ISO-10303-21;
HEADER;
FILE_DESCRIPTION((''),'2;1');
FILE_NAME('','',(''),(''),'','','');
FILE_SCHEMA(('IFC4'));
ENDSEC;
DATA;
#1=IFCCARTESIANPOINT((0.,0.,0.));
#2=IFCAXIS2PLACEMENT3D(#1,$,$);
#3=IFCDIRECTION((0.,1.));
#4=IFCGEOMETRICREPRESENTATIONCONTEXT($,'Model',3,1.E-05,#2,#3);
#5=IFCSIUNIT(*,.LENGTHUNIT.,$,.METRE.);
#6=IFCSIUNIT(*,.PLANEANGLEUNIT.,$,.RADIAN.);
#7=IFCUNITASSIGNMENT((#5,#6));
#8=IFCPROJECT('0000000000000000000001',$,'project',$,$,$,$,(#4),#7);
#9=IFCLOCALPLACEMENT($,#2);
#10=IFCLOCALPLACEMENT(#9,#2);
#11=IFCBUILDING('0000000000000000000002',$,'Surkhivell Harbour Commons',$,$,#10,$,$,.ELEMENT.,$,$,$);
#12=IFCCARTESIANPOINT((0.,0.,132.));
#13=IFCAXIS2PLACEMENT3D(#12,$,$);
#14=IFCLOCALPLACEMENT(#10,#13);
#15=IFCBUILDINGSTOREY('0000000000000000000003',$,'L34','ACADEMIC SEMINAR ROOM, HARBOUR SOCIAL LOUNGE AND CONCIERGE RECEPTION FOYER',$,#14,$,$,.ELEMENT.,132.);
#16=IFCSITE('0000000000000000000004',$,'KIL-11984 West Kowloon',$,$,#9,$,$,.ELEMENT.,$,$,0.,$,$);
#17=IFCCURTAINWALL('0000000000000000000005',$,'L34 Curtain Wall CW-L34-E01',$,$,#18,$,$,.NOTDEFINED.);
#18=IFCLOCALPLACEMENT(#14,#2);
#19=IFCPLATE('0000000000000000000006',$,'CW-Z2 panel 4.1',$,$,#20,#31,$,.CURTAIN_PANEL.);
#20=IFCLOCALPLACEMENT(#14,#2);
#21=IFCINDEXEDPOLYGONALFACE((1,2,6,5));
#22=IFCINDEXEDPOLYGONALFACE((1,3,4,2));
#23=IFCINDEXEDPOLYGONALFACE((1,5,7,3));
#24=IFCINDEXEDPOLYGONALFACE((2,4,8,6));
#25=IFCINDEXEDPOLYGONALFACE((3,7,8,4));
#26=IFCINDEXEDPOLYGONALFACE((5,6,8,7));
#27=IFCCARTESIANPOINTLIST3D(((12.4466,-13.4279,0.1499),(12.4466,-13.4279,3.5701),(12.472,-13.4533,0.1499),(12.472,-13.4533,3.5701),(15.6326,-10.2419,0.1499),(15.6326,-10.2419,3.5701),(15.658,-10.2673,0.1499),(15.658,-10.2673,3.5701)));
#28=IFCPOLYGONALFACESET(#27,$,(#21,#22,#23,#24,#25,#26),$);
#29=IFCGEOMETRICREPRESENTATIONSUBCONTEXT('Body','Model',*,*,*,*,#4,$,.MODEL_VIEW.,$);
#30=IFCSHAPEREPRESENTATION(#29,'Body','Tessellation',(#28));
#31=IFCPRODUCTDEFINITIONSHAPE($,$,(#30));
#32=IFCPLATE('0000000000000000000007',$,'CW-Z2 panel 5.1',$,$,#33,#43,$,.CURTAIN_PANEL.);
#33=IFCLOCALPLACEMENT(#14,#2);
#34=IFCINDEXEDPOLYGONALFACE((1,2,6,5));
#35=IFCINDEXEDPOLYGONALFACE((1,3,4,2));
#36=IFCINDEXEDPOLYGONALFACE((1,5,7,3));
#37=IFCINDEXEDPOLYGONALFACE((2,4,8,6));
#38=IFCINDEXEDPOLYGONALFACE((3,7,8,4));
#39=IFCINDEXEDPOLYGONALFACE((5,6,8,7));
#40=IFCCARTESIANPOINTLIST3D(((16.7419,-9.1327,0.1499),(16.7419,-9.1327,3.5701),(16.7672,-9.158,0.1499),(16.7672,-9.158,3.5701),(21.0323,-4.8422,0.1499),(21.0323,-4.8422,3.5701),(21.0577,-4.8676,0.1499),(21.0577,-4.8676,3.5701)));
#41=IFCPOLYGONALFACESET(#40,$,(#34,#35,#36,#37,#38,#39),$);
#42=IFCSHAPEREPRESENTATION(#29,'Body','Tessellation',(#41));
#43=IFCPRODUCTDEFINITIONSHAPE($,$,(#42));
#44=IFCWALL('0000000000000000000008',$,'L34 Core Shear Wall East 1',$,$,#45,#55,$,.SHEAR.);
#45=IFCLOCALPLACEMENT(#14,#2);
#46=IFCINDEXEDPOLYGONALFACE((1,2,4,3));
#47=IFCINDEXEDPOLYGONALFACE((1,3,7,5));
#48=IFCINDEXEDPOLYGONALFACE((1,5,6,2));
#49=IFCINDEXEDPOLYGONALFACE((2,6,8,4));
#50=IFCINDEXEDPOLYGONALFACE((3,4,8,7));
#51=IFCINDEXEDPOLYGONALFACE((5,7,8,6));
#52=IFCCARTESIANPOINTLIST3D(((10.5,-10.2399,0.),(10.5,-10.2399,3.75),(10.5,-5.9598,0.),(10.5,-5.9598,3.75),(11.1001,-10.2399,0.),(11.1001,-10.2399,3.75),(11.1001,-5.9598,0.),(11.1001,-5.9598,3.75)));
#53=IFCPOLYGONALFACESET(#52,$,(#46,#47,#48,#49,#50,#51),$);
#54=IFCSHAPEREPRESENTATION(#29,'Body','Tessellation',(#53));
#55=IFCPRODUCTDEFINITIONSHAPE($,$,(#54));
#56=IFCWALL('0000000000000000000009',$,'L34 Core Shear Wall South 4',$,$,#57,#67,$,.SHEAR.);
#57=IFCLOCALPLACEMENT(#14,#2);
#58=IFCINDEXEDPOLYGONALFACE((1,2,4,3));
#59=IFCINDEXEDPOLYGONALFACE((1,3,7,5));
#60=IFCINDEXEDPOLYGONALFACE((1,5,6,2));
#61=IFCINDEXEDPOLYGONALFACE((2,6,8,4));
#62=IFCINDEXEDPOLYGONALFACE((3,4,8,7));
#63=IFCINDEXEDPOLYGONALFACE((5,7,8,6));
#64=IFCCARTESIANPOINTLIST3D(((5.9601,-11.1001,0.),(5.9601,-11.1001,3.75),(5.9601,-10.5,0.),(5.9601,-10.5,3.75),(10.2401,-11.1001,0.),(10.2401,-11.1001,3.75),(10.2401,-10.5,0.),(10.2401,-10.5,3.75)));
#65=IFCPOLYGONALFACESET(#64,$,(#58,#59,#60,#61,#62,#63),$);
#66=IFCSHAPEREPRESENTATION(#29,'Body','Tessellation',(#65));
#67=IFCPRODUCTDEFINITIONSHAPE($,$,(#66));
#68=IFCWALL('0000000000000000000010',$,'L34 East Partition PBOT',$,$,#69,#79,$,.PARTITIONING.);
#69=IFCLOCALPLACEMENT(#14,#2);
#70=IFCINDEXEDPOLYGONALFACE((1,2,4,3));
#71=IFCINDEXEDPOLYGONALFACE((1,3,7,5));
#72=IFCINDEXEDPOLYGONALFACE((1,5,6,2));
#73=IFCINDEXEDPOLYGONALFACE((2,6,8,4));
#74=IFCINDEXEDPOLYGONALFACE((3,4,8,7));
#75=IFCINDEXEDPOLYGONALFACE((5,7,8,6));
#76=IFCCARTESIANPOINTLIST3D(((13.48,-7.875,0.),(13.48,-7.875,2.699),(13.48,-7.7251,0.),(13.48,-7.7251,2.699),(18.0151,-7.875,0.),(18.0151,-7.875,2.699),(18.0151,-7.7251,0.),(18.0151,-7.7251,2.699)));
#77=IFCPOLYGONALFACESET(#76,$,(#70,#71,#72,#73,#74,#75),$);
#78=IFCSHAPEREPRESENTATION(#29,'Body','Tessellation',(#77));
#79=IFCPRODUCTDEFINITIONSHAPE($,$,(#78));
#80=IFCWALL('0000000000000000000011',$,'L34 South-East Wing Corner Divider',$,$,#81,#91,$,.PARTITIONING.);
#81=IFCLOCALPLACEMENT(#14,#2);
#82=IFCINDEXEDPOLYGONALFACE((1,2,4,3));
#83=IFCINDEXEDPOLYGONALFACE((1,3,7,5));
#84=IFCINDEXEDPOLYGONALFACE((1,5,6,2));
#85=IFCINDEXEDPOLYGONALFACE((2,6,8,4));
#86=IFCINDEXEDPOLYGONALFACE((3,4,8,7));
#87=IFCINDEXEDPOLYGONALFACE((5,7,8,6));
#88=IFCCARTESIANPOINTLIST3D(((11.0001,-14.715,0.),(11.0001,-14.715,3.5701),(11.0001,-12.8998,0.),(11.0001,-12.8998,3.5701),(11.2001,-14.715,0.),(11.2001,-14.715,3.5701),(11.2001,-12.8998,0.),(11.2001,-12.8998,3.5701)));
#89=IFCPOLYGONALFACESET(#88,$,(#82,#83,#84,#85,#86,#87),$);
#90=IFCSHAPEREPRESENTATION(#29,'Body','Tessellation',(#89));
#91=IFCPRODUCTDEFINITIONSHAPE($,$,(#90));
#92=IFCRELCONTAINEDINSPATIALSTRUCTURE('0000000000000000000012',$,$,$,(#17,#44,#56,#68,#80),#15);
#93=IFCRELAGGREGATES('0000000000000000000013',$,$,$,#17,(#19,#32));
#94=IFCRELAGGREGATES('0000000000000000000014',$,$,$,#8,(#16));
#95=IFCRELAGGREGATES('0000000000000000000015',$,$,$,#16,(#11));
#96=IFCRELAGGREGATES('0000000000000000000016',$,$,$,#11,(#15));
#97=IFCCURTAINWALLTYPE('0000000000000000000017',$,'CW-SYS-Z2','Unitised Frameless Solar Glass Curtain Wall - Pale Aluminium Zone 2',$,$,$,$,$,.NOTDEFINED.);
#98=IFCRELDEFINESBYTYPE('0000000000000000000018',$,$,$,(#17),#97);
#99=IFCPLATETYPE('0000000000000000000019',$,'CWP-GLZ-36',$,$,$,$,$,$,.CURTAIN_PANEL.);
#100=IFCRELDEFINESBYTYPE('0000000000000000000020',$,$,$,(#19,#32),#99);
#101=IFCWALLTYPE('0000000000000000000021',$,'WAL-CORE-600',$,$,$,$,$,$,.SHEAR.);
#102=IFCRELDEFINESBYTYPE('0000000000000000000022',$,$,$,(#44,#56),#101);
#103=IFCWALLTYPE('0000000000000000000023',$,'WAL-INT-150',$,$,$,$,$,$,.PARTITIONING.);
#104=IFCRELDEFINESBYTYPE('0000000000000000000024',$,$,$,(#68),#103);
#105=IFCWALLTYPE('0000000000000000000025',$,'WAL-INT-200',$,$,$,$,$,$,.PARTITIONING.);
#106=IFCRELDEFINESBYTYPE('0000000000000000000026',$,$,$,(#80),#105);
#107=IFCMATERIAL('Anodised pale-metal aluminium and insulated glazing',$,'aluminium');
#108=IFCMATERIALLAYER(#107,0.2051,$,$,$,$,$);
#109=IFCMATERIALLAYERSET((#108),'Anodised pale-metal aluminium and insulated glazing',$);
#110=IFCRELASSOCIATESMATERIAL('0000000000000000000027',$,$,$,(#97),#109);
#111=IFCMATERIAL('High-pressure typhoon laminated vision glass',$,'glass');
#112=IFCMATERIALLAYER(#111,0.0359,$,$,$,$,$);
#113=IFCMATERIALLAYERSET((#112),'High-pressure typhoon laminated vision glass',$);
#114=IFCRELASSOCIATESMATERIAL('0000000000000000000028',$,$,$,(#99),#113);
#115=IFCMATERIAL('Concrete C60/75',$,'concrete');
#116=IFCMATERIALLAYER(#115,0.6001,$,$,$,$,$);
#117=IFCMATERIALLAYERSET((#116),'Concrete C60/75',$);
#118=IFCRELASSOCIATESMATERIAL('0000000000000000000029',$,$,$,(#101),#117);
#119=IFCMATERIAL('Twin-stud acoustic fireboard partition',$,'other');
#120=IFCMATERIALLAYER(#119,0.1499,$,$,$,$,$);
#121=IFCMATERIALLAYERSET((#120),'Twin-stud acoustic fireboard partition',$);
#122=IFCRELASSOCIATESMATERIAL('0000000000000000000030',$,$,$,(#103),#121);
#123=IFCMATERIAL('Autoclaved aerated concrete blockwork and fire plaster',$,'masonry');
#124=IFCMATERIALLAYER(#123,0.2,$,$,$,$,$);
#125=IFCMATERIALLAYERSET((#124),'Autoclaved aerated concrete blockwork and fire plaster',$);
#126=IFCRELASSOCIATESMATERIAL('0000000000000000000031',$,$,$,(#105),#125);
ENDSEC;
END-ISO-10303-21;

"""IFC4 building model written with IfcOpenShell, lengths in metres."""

from ifc_helpers import new_model, si_unit, direction, frame, frame_2d, origin, place, context, subcontext, project, spatial, rectangle, extrude, material, layer, layer_set, type_object, element, aggregate, save


model = new_model("IFC4")

# Units and contexts
model_context = context("Model", 3, precision=1e-05, world=origin(), true_north=direction((0.0, 1.0)))
body_context = subcontext(model_context, "Body", "Model", "MODEL_VIEW")
ifc_project = project(units=[si_unit("LENGTHUNIT", "METRE"), si_unit("PLANEANGLEUNIT", "RADIAN")], contexts=[model_context])

# Site, building, storey
site_placement = place(None, origin())
site = spatial("IfcSite", under=ifc_project, at=site_placement, Name="KIL-11984 West Kowloon", CompositionType="ELEMENT", RefElevation=0.0)
building_placement = place(site_placement, origin())
building = spatial("IfcBuilding", under=site, at=building_placement, Name="Surkhivell Harbour Commons", CompositionType="ELEMENT")
storey_placement = place(building_placement, frame((0.0, 0.0, 132.0)))
storey = spatial("IfcBuildingStorey", under=building, at=storey_placement, Name="L34", Description="ACADEMIC SEMINAR ROOM, HARBOUR SOCIAL LOUNGE AND CONCIERGE RECEPTION FOYER", CompositionType="ELEMENT", Elevation=132.0)

# Shared definitions
ifc_material_1 = material(Name="Concrete C60/75", Category="concrete")

# Curtain wall, plates
ifc_material_2 = material(Name="Anodised pale-metal aluminium and insulated glazing", Category="aluminium")
ifc_layer_1 = layer(ifc_material_2, 0.2051)
ifc_layer_set_1 = layer_set([ifc_layer_1], Name="Anodised pale-metal aluminium and insulated glazing")
curtain_wall_type = type_object("IfcCurtainWallType", Name="CW-SYS-Z2", Description="Unitised Frameless Solar Glass Curtain Wall - Pale Aluminium Zone 2", PredefinedType="NOTDEFINED", material=ifc_layer_set_1)
curtain_wall_placement = place(storey_placement, origin())
curtain_wall = element("IfcCurtainWall", 1, at=curtain_wall_placement, inside=storey, type_object=curtain_wall_type, Name="L34 Curtain Wall CW-L34-E01", PredefinedType="NOTDEFINED")
ifc_material_3 = material(Name="High-pressure typhoon laminated vision glass", Category="glass")
ifc_layer_2 = layer(ifc_material_3, 0.0359)
ifc_layer_set_2 = layer_set([ifc_layer_2], Name="High-pressure typhoon laminated vision glass")
plate_type = type_object("IfcPlateType", Name="CWP-GLZ-36", PredefinedType="CURTAIN_PANEL", material=ifc_layer_set_2)
plate_1_placement = place(storey_placement, frame((12.4592, -13.4407, 0.1499), z_axis=(0.0, 0.0, 1.0), x_axis=(0.707107, 0.707107, 0.0)))
plate_1 = element("IfcPlate", 2, at=plate_1_placement, type_object=plate_type, Name="CW-Z2 panel 4.1", PredefinedType="CURTAIN_PANEL", context=body_context, shape_type="SweptSolid", body=[
    extrude(rectangle(XDim=4.5056, YDim=0.0359, at=frame_2d((2.2529, 0.0))), origin(), (0.0, 0.0, 1.0), 3.4202),
])
plate_2_placement = place(storey_placement, frame((16.7546, -9.1453, 0.1499), z_axis=(0.0, 0.0, 1.0), x_axis=(0.707107, 0.707107, 0.0)))
plate_2 = element("IfcPlate", 3, at=plate_2_placement, type_object=plate_type, Name="CW-Z2 panel 5.1", PredefinedType="CURTAIN_PANEL", context=body_context, shape_type="SweptSolid", body=[
    extrude(rectangle(XDim=6.0676, YDim=0.0359, at=frame_2d((3.0337, 0.0))), origin(), (0.0, 0.0, 1.0), 3.4202),
])
aggregate(curtain_wall, [plate_1, plate_2])

# Walls
ifc_layer_3 = layer(ifc_material_1, 0.6001)
ifc_layer_set_3 = layer_set([ifc_layer_3], Name="Concrete C60/75")
wall_type_1 = type_object("IfcWallType", Name="WAL-CORE-600", PredefinedType="SHEAR", material=ifc_layer_set_3)
for number, where, z_axis, x_axis, name in (
    (4, (10.8, -10.24, 0.0), (0.0, 0.0, 1.0), (0.0, 1.0, 0.0), "L34 Core Shear Wall East 1"),
    (5, (5.96, -10.8, 0.0), (0.0, 0.0, 1.0), (1.0, 0.0, 0.0), "L34 Core Shear Wall South 4"),
):
    element("IfcWall", number, at=place(storey_placement, frame(where, z_axis=z_axis, x_axis=x_axis)), inside=storey, type_object=wall_type_1, Name=name, PredefinedType="SHEAR", context=body_context, shape_type="SweptSolid", body=[
        extrude(rectangle(XDim=4.28, YDim=0.6001, at=frame_2d((2.1401, 0.0))), origin(), (0.0, 0.0, 1.0), 3.75),
    ])
ifc_material_4 = material(Name="Twin-stud acoustic fireboard partition", Category="other")
ifc_layer_4 = layer(ifc_material_4, 0.1499)
ifc_layer_set_4 = layer_set([ifc_layer_4], Name="Twin-stud acoustic fireboard partition")
wall_type_2 = type_object("IfcWallType", Name="WAL-INT-150", PredefinedType="PARTITIONING", material=ifc_layer_set_4)
wall_1_placement = place(storey_placement, frame((13.48, -7.8, 0.0), z_axis=(0.0, 0.0, 1.0), x_axis=(1.0, 0.0, 0.0)))
element("IfcWall", 6, at=wall_1_placement, inside=storey, type_object=wall_type_2, Name="L34 East Partition PBOT", PredefinedType="PARTITIONING", context=body_context, shape_type="SweptSolid", body=[
    extrude(rectangle(XDim=4.5352, YDim=0.1499, at=frame_2d((2.2676, 0.0))), origin(), (0.0, 0.0, 1.0), 2.699),
])
ifc_material_5 = material(Name="Autoclaved aerated concrete blockwork and fire plaster", Category="masonry")
ifc_layer_5 = layer(ifc_material_5, 0.2)
ifc_layer_set_5 = layer_set([ifc_layer_5], Name="Autoclaved aerated concrete blockwork and fire plaster")
wall_type_3 = type_object("IfcWallType", Name="WAL-INT-200", PredefinedType="PARTITIONING", material=ifc_layer_set_5)
wall_2_placement = place(storey_placement, frame((11.1001, -14.7151, 0.0), z_axis=(0.0, 0.0, 1.0), x_axis=(0.0, 1.0, 0.0)))
element("IfcWall", 7, at=wall_2_placement, inside=storey, type_object=wall_type_3, Name="L34 South-East Wing Corner Divider", PredefinedType="PARTITIONING", context=body_context, shape_type="SweptSolid", body=[
    extrude(rectangle(XDim=1.8152, YDim=0.2, at=frame_2d((0.9077, 0.0))), origin(), (0.0, 0.0, 1.0), 3.5701),
])

save(model, "model.ifc")
